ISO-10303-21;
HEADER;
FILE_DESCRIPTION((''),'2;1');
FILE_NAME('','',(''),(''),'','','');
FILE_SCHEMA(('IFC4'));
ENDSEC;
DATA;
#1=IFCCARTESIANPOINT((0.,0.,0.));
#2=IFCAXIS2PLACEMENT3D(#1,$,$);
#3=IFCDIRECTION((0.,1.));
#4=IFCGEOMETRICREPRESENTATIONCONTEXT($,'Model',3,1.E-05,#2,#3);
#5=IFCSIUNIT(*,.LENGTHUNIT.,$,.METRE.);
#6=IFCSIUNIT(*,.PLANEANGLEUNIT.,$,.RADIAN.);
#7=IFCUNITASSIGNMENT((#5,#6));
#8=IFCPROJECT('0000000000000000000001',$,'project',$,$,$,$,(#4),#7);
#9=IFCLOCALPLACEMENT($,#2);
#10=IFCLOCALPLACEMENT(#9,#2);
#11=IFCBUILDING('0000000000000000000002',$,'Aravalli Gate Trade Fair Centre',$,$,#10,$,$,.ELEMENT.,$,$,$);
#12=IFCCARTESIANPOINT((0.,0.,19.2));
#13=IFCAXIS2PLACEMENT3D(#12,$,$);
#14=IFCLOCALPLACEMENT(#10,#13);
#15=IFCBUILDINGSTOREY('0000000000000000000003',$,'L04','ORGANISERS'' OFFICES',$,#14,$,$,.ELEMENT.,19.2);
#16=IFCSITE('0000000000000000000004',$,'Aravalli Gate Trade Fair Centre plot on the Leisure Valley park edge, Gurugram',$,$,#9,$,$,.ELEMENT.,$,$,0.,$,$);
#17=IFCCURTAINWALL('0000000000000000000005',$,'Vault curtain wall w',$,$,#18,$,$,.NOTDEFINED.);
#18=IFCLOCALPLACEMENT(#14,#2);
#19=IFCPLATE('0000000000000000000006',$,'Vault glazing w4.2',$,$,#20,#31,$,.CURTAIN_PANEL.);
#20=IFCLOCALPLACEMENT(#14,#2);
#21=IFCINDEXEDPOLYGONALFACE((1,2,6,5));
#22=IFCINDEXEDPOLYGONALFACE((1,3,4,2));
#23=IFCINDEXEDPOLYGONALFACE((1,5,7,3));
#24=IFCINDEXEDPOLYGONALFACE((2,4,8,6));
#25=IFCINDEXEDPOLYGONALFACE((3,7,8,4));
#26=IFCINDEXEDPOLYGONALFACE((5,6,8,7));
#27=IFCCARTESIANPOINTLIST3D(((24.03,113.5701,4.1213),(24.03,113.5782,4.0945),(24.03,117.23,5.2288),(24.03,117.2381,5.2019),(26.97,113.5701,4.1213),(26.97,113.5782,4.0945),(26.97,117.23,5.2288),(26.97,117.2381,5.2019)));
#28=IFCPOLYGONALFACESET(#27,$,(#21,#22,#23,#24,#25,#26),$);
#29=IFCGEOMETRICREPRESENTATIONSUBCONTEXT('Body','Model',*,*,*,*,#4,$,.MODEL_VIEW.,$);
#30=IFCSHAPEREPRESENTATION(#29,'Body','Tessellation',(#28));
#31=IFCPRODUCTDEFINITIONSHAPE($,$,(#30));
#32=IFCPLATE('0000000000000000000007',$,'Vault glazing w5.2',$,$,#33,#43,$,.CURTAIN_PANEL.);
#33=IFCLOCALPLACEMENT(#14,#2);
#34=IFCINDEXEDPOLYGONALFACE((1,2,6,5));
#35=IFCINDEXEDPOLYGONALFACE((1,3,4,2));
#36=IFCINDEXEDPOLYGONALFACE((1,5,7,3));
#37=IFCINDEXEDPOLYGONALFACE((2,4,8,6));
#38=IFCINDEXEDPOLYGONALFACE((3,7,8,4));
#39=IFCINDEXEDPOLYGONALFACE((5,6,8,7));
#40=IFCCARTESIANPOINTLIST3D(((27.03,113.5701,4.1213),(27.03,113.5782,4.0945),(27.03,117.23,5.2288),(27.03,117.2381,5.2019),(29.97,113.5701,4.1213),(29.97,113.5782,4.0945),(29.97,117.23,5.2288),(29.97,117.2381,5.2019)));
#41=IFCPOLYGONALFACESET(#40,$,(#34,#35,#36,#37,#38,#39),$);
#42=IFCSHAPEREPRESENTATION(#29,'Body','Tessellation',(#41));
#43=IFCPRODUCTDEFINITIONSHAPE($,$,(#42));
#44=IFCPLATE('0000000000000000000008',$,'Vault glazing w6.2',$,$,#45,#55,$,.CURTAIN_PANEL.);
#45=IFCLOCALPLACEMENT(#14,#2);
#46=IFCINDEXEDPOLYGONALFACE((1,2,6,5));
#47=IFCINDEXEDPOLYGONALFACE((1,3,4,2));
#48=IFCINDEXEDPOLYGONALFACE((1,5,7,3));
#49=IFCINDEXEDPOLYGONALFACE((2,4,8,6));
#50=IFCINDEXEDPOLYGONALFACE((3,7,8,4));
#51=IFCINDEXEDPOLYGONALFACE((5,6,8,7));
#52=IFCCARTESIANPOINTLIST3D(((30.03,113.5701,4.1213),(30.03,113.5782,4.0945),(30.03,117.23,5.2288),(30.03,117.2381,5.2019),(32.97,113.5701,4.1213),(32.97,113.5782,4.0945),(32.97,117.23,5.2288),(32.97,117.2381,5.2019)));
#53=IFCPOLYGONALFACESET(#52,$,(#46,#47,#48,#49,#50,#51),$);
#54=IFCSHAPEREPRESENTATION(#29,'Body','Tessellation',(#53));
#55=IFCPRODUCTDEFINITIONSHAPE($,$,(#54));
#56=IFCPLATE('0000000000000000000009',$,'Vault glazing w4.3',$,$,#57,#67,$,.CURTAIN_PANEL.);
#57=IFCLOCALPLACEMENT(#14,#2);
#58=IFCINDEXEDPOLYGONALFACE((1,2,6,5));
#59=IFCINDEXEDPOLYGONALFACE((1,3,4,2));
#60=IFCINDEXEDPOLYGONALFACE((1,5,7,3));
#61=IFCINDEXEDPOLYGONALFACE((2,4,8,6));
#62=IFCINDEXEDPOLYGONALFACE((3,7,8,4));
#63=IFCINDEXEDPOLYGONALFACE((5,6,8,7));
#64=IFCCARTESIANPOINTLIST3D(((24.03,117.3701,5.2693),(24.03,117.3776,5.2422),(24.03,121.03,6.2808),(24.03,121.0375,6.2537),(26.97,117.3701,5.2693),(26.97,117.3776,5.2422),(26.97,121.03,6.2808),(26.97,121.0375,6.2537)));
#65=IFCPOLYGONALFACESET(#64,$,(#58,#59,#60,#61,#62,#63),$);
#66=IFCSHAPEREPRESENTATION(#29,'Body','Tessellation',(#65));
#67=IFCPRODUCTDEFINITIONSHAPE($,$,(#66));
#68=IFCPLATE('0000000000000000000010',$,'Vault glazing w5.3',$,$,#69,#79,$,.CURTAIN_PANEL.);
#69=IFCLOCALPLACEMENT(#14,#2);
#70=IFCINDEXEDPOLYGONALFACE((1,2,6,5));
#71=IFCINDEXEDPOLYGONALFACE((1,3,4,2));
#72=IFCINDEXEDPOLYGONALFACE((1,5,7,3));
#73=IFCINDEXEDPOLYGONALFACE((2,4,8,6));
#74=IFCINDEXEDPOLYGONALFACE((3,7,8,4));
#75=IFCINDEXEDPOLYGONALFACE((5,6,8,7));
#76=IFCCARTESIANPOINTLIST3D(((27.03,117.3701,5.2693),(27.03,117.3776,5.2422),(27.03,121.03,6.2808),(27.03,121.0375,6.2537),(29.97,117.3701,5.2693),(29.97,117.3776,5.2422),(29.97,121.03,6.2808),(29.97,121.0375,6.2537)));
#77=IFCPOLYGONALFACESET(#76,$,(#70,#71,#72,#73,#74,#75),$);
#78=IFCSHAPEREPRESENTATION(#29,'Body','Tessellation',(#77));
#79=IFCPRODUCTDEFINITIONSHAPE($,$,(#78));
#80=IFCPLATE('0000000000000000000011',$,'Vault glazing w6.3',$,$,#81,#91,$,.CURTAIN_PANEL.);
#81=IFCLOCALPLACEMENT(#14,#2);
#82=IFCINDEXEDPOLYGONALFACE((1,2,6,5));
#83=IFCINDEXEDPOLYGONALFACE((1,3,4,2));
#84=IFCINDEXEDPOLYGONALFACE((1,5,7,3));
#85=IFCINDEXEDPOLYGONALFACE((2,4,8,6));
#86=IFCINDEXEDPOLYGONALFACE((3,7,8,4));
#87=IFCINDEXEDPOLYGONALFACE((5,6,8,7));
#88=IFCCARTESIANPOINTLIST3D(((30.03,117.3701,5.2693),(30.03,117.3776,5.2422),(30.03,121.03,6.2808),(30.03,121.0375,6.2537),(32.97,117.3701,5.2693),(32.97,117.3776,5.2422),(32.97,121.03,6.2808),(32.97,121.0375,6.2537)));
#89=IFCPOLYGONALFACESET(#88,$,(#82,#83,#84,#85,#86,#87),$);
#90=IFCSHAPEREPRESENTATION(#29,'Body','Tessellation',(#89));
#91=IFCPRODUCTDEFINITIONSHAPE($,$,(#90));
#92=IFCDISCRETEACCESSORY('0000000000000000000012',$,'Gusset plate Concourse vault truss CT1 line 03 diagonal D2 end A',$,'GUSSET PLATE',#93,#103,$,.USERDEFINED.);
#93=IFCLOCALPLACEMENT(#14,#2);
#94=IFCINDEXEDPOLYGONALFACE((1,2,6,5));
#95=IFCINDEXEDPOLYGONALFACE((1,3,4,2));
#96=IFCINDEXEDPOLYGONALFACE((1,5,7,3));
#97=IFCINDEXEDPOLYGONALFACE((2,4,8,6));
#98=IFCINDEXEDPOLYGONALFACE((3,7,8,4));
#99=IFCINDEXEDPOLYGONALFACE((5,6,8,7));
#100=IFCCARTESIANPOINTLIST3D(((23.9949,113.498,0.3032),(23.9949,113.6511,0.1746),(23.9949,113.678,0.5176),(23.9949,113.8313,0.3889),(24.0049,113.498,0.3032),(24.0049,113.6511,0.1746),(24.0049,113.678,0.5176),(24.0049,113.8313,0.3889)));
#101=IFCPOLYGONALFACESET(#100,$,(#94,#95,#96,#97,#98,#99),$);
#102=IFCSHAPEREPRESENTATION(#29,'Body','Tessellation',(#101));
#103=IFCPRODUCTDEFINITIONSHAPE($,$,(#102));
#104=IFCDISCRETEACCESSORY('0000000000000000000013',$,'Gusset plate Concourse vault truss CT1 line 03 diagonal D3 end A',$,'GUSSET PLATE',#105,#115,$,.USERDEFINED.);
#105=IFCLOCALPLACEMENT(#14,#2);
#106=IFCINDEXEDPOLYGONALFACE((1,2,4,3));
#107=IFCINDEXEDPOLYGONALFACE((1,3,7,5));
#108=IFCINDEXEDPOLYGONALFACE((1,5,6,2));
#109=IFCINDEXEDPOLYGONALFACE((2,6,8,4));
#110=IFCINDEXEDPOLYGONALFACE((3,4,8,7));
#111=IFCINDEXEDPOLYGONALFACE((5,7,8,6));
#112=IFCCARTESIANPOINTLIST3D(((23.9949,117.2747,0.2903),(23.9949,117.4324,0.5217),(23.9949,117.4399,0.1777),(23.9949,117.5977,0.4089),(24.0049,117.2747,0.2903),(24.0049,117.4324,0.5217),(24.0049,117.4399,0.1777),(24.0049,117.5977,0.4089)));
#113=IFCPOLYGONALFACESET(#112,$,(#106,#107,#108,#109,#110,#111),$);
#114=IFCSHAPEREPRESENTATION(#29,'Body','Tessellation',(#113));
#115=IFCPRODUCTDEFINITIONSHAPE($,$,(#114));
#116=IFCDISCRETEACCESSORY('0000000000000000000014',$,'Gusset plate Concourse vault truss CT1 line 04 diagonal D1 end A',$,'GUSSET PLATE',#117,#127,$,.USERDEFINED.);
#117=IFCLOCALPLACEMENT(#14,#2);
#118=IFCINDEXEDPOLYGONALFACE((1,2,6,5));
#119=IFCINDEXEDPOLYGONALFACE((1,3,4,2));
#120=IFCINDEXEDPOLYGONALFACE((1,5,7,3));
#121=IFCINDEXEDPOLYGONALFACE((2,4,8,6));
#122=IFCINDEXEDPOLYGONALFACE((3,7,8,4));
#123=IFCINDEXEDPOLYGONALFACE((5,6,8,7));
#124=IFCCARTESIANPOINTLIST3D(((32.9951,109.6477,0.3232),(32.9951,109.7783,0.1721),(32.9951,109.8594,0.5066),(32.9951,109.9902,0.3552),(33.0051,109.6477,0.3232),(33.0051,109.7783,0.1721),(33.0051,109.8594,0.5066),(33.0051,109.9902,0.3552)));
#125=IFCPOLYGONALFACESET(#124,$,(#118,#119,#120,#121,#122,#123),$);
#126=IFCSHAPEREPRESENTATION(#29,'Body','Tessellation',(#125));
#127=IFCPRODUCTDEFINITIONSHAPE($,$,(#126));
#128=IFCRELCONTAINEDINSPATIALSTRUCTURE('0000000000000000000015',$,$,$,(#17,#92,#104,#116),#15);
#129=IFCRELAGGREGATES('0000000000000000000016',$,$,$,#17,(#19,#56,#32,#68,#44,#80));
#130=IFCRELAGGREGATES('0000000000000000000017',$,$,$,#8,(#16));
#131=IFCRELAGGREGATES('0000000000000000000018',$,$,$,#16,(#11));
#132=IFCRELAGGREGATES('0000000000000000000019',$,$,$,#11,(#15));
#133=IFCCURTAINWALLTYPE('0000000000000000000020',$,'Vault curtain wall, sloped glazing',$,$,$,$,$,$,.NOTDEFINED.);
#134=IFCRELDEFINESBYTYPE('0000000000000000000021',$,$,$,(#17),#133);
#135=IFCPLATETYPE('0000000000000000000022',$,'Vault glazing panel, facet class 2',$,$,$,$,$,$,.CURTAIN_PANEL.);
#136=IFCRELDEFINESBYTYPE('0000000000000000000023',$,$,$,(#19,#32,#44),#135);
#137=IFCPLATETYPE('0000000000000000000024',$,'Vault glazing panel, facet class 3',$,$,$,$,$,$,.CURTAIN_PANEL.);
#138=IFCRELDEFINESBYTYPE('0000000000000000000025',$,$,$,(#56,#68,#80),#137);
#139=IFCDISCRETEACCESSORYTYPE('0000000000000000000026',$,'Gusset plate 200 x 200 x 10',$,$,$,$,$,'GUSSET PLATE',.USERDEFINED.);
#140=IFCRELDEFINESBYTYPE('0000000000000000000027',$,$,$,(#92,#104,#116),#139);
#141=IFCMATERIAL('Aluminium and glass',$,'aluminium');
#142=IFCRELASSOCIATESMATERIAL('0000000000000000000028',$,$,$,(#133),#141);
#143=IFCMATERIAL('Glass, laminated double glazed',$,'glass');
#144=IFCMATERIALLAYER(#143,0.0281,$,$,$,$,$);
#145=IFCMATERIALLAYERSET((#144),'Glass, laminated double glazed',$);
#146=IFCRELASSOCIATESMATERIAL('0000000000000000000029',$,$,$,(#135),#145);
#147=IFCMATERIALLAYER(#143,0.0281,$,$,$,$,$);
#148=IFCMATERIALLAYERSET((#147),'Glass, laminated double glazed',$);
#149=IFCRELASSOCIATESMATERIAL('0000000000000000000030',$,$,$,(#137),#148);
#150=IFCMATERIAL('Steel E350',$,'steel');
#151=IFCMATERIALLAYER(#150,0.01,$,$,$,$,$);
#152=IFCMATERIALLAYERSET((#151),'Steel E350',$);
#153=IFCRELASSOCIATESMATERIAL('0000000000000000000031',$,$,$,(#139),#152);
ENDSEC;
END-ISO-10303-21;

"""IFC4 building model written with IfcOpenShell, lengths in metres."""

from ifc_helpers import new_model, si_unit, direction, frame, origin, place, context, subcontext, project, spatial, polyline, outline, extrude, material, layer, layer_set, type_object, element, aggregate, save


model = new_model("IFC4")

# Units and contexts
model_context = context("Model", 3, precision=1e-05, world=origin(), true_north=direction((0.0, 1.0)))
body_context = subcontext(model_context, "Body", "Model", "MODEL_VIEW")
ifc_project = project(units=[si_unit("LENGTHUNIT", "METRE"), si_unit("PLANEANGLEUNIT", "RADIAN")], contexts=[model_context])

# Site, building, storey
site_placement = place(None, origin())
site = spatial("IfcSite", under=ifc_project, at=site_placement, Name="Aravalli Gate Trade Fair Centre plot on the Leisure Valley park edge, Gurugram", CompositionType="ELEMENT", RefElevation=0.0)
building_placement = place(site_placement, origin())
building = spatial("IfcBuilding", under=site, at=building_placement, Name="Aravalli Gate Trade Fair Centre", CompositionType="ELEMENT")
storey_placement = place(building_placement, frame((0.0, 0.0, 19.2)))
storey = spatial("IfcBuildingStorey", under=building, at=storey_placement, Name="L04", Description="ORGANISERS' OFFICES", CompositionType="ELEMENT", Elevation=19.2)

# Shared definitions
ifc_material_1 = material(Name="Steel E350", Category="steel")

# Curtain wall, plates
ifc_material_2 = material(Name="Aluminium and glass", Category="aluminium")
curtain_wall_type = type_object("IfcCurtainWallType", Name="Vault curtain wall, sloped glazing", PredefinedType="NOTDEFINED", material=ifc_material_2)
curtain_wall_placement = place(storey_placement, origin())
curtain_wall = element("IfcCurtainWall", 1, at=curtain_wall_placement, inside=storey, type_object=curtain_wall_type, Name="Vault curtain wall w", PredefinedType="NOTDEFINED")
ifc_material_3 = material(Name="Glass, laminated double glazed", Category="glass")
ifc_layer_1 = layer(ifc_material_3, 0.0281)
ifc_layer_set_1 = layer_set([ifc_layer_1], Name="Glass, laminated double glazed")
plate_type_1 = type_object("IfcPlateType", Name="Vault glazing panel, facet class 2", PredefinedType="CURTAIN_PANEL", material=ifc_layer_set_1)
plate_1_placement = place(storey_placement, frame((24.03, 113.5701, 4.1213), z_axis=(0.0, -0.289614, 0.957144), x_axis=(1.0, 0.0, 0.0)))
plate_1 = element("IfcPlate", 2, at=plate_1_placement, type_object=plate_type_1, Name="Vault glazing w4.2", PredefinedType="CURTAIN_PANEL", context=body_context, shape_type="SweptSolid", body=[
    extrude(outline(polyline([(0.0, 0.0), (2.9399, 0.0), (2.9399, 3.8238), (0.0, 3.8238), (0.0, 0.0)])), origin(), (0.0, 0.0, -1.0), 0.0281),
])
plate_2_placement = place(storey_placement, frame((27.03, 113.5701, 4.1213), z_axis=(0.0, -0.289614, 0.957144), x_axis=(1.0, 0.0, 0.0)))
plate_2 = element("IfcPlate", 3, at=plate_2_placement, type_object=plate_type_1, Name="Vault glazing w5.2", PredefinedType="CURTAIN_PANEL", context=body_context, shape_type="SweptSolid", body=[
    extrude(outline(polyline([(0.0, 0.0), (2.9399, 0.0), (2.9399, 3.8238), (0.0, 3.8238), (0.0, 0.0)])), origin(), (0.0, 0.0, -1.0), 0.0281),
])
plate_3_placement = place(storey_placement, frame((30.03, 113.5701, 4.1213), z_axis=(0.0, -0.289614, 0.957144), x_axis=(1.0, 0.0, 0.0)))
plate_3 = element("IfcPlate", 4, at=plate_3_placement, type_object=plate_type_1, Name="Vault glazing w6.2", PredefinedType="CURTAIN_PANEL", context=body_context, shape_type="SweptSolid", body=[
    extrude(outline(polyline([(0.0, 0.0), (2.9399, 0.0), (2.9399, 3.8238), (0.0, 3.8238), (0.0, 0.0)])), origin(), (0.0, 0.0, -1.0), 0.0281),
])
ifc_layer_2 = layer(ifc_material_3, 0.0281)
ifc_layer_set_2 = layer_set([ifc_layer_2], Name="Glass, laminated double glazed")
plate_type_2 = type_object("IfcPlateType", Name="Vault glazing panel, facet class 3", PredefinedType="CURTAIN_PANEL", material=ifc_layer_set_2)
plate_4_placement = place(storey_placement, frame((24.03, 117.3701, 5.2693), z_axis=(0.0, -0.26638, 0.963868), x_axis=(1.0, 0.0, 0.0)))
plate_4 = element("IfcPlate", 5, at=plate_4_placement, type_object=plate_type_2, Name="Vault glazing w4.3", PredefinedType="CURTAIN_PANEL", context=body_context, shape_type="SweptSolid", body=[
    extrude(outline(polyline([(0.0, 0.0), (2.9399, 0.0), (2.9399, 3.7971), (0.0, 3.7971), (0.0, 0.0)])), origin(), (0.0, 0.0, -1.0), 0.0281),
])
plate_5_placement = place(storey_placement, frame((27.03, 117.3701, 5.2693), z_axis=(0.0, -0.26638, 0.963868), x_axis=(1.0, 0.0, 0.0)))
plate_5 = element("IfcPlate", 6, at=plate_5_placement, type_object=plate_type_2, Name="Vault glazing w5.3", PredefinedType="CURTAIN_PANEL", context=body_context, shape_type="SweptSolid", body=[
    extrude(outline(polyline([(0.0, 0.0), (2.9399, 0.0), (2.9399, 3.7971), (0.0, 3.7971), (0.0, 0.0)])), origin(), (0.0, 0.0, -1.0), 0.0281),
])
plate_6_placement = place(storey_placement, frame((30.03, 117.3701, 5.2693), z_axis=(0.0, -0.26638, 0.963868), x_axis=(1.0, 0.0, 0.0)))
plate_6 = element("IfcPlate", 7, at=plate_6_placement, type_object=plate_type_2, Name="Vault glazing w6.3", PredefinedType="CURTAIN_PANEL", context=body_context, shape_type="SweptSolid", body=[
    extrude(outline(polyline([(0.0, 0.0), (2.9399, 0.0), (2.9399, 3.7971), (0.0, 3.7971), (0.0, 0.0)])), origin(), (0.0, 0.0, -1.0), 0.0281),
])
aggregate(curtain_wall, [plate_1, plate_4, plate_2, plate_5, plate_3, plate_6])

# Discrete accessories
ifc_layer_3 = layer(ifc_material_1, 0.01)
ifc_layer_set_3 = layer_set([ifc_layer_3], Name="Steel E350")
discrete_accessory_type = type_object("IfcDiscreteAccessoryType", Name="Gusset plate 200 x 200 x 10", ElementType="GUSSET PLATE", PredefinedType="USERDEFINED", material=ifc_layer_set_3)
discrete_accessory_1_placement = place(storey_placement, frame((24.0049, 113.678, 0.5176), z_axis=(1.0, 0.0, 0.0), x_axis=(0.0, -0.642926, -0.765928)))
element("IfcDiscreteAccessory", 8, at=discrete_accessory_1_placement, inside=storey, type_object=discrete_accessory_type, Name="Gusset plate Concourse vault truss CT1 line 03 diagonal D2 end A", ObjectType="GUSSET PLATE", PredefinedType="USERDEFINED", context=body_context, shape_type="SweptSolid", body=[
    extrude(outline(polyline([(0.0, 0.0), (0.2799, 0.0), (0.28, 0.2), (0.0, 0.2002), (0.0, 0.0)])), origin(), (0.0, 0.0, -1.0), 0.01),
])
discrete_accessory_2_placement = place(storey_placement, frame((24.0049, 117.4324, 0.5217), z_axis=(1.0, 0.0, 0.0), x_axis=(0.0, -0.56312, -0.826375)))
element("IfcDiscreteAccessory", 9, at=discrete_accessory_2_placement, inside=storey, type_object=discrete_accessory_type, Name="Gusset plate Concourse vault truss CT1 line 03 diagonal D3 end A", ObjectType="GUSSET PLATE", PredefinedType="USERDEFINED", context=body_context, shape_type="SweptSolid", body=[
    extrude(outline(polyline([(0.0, 0.0), (0.2801, 0.0), (0.28, 0.2), (0.0001, 0.2001), (0.0, 0.0)])), origin(), (0.0, 0.0, -1.0), 0.01),
])
discrete_accessory_3_placement = place(storey_placement, frame((32.9951, 109.9902, 0.3552), z_axis=(-1.0, 0.0, 0.0), x_axis=(0.0, -0.756666, -0.653801)))
element("IfcDiscreteAccessory", 10, at=discrete_accessory_3_placement, inside=storey, type_object=discrete_accessory_type, Name="Gusset plate Concourse vault truss CT1 line 04 diagonal D1 end A", ObjectType="GUSSET PLATE", PredefinedType="USERDEFINED", context=body_context, shape_type="SweptSolid", body=[
    extrude(outline(polyline([(0.0, 0.0), (0.2801, 0.0), (0.2801, 0.1997), (0.0001, 0.2001), (0.0, 0.0)])), origin(), (0.0, 0.0, -1.0), 0.01),
])

save(model, "model.ifc")
